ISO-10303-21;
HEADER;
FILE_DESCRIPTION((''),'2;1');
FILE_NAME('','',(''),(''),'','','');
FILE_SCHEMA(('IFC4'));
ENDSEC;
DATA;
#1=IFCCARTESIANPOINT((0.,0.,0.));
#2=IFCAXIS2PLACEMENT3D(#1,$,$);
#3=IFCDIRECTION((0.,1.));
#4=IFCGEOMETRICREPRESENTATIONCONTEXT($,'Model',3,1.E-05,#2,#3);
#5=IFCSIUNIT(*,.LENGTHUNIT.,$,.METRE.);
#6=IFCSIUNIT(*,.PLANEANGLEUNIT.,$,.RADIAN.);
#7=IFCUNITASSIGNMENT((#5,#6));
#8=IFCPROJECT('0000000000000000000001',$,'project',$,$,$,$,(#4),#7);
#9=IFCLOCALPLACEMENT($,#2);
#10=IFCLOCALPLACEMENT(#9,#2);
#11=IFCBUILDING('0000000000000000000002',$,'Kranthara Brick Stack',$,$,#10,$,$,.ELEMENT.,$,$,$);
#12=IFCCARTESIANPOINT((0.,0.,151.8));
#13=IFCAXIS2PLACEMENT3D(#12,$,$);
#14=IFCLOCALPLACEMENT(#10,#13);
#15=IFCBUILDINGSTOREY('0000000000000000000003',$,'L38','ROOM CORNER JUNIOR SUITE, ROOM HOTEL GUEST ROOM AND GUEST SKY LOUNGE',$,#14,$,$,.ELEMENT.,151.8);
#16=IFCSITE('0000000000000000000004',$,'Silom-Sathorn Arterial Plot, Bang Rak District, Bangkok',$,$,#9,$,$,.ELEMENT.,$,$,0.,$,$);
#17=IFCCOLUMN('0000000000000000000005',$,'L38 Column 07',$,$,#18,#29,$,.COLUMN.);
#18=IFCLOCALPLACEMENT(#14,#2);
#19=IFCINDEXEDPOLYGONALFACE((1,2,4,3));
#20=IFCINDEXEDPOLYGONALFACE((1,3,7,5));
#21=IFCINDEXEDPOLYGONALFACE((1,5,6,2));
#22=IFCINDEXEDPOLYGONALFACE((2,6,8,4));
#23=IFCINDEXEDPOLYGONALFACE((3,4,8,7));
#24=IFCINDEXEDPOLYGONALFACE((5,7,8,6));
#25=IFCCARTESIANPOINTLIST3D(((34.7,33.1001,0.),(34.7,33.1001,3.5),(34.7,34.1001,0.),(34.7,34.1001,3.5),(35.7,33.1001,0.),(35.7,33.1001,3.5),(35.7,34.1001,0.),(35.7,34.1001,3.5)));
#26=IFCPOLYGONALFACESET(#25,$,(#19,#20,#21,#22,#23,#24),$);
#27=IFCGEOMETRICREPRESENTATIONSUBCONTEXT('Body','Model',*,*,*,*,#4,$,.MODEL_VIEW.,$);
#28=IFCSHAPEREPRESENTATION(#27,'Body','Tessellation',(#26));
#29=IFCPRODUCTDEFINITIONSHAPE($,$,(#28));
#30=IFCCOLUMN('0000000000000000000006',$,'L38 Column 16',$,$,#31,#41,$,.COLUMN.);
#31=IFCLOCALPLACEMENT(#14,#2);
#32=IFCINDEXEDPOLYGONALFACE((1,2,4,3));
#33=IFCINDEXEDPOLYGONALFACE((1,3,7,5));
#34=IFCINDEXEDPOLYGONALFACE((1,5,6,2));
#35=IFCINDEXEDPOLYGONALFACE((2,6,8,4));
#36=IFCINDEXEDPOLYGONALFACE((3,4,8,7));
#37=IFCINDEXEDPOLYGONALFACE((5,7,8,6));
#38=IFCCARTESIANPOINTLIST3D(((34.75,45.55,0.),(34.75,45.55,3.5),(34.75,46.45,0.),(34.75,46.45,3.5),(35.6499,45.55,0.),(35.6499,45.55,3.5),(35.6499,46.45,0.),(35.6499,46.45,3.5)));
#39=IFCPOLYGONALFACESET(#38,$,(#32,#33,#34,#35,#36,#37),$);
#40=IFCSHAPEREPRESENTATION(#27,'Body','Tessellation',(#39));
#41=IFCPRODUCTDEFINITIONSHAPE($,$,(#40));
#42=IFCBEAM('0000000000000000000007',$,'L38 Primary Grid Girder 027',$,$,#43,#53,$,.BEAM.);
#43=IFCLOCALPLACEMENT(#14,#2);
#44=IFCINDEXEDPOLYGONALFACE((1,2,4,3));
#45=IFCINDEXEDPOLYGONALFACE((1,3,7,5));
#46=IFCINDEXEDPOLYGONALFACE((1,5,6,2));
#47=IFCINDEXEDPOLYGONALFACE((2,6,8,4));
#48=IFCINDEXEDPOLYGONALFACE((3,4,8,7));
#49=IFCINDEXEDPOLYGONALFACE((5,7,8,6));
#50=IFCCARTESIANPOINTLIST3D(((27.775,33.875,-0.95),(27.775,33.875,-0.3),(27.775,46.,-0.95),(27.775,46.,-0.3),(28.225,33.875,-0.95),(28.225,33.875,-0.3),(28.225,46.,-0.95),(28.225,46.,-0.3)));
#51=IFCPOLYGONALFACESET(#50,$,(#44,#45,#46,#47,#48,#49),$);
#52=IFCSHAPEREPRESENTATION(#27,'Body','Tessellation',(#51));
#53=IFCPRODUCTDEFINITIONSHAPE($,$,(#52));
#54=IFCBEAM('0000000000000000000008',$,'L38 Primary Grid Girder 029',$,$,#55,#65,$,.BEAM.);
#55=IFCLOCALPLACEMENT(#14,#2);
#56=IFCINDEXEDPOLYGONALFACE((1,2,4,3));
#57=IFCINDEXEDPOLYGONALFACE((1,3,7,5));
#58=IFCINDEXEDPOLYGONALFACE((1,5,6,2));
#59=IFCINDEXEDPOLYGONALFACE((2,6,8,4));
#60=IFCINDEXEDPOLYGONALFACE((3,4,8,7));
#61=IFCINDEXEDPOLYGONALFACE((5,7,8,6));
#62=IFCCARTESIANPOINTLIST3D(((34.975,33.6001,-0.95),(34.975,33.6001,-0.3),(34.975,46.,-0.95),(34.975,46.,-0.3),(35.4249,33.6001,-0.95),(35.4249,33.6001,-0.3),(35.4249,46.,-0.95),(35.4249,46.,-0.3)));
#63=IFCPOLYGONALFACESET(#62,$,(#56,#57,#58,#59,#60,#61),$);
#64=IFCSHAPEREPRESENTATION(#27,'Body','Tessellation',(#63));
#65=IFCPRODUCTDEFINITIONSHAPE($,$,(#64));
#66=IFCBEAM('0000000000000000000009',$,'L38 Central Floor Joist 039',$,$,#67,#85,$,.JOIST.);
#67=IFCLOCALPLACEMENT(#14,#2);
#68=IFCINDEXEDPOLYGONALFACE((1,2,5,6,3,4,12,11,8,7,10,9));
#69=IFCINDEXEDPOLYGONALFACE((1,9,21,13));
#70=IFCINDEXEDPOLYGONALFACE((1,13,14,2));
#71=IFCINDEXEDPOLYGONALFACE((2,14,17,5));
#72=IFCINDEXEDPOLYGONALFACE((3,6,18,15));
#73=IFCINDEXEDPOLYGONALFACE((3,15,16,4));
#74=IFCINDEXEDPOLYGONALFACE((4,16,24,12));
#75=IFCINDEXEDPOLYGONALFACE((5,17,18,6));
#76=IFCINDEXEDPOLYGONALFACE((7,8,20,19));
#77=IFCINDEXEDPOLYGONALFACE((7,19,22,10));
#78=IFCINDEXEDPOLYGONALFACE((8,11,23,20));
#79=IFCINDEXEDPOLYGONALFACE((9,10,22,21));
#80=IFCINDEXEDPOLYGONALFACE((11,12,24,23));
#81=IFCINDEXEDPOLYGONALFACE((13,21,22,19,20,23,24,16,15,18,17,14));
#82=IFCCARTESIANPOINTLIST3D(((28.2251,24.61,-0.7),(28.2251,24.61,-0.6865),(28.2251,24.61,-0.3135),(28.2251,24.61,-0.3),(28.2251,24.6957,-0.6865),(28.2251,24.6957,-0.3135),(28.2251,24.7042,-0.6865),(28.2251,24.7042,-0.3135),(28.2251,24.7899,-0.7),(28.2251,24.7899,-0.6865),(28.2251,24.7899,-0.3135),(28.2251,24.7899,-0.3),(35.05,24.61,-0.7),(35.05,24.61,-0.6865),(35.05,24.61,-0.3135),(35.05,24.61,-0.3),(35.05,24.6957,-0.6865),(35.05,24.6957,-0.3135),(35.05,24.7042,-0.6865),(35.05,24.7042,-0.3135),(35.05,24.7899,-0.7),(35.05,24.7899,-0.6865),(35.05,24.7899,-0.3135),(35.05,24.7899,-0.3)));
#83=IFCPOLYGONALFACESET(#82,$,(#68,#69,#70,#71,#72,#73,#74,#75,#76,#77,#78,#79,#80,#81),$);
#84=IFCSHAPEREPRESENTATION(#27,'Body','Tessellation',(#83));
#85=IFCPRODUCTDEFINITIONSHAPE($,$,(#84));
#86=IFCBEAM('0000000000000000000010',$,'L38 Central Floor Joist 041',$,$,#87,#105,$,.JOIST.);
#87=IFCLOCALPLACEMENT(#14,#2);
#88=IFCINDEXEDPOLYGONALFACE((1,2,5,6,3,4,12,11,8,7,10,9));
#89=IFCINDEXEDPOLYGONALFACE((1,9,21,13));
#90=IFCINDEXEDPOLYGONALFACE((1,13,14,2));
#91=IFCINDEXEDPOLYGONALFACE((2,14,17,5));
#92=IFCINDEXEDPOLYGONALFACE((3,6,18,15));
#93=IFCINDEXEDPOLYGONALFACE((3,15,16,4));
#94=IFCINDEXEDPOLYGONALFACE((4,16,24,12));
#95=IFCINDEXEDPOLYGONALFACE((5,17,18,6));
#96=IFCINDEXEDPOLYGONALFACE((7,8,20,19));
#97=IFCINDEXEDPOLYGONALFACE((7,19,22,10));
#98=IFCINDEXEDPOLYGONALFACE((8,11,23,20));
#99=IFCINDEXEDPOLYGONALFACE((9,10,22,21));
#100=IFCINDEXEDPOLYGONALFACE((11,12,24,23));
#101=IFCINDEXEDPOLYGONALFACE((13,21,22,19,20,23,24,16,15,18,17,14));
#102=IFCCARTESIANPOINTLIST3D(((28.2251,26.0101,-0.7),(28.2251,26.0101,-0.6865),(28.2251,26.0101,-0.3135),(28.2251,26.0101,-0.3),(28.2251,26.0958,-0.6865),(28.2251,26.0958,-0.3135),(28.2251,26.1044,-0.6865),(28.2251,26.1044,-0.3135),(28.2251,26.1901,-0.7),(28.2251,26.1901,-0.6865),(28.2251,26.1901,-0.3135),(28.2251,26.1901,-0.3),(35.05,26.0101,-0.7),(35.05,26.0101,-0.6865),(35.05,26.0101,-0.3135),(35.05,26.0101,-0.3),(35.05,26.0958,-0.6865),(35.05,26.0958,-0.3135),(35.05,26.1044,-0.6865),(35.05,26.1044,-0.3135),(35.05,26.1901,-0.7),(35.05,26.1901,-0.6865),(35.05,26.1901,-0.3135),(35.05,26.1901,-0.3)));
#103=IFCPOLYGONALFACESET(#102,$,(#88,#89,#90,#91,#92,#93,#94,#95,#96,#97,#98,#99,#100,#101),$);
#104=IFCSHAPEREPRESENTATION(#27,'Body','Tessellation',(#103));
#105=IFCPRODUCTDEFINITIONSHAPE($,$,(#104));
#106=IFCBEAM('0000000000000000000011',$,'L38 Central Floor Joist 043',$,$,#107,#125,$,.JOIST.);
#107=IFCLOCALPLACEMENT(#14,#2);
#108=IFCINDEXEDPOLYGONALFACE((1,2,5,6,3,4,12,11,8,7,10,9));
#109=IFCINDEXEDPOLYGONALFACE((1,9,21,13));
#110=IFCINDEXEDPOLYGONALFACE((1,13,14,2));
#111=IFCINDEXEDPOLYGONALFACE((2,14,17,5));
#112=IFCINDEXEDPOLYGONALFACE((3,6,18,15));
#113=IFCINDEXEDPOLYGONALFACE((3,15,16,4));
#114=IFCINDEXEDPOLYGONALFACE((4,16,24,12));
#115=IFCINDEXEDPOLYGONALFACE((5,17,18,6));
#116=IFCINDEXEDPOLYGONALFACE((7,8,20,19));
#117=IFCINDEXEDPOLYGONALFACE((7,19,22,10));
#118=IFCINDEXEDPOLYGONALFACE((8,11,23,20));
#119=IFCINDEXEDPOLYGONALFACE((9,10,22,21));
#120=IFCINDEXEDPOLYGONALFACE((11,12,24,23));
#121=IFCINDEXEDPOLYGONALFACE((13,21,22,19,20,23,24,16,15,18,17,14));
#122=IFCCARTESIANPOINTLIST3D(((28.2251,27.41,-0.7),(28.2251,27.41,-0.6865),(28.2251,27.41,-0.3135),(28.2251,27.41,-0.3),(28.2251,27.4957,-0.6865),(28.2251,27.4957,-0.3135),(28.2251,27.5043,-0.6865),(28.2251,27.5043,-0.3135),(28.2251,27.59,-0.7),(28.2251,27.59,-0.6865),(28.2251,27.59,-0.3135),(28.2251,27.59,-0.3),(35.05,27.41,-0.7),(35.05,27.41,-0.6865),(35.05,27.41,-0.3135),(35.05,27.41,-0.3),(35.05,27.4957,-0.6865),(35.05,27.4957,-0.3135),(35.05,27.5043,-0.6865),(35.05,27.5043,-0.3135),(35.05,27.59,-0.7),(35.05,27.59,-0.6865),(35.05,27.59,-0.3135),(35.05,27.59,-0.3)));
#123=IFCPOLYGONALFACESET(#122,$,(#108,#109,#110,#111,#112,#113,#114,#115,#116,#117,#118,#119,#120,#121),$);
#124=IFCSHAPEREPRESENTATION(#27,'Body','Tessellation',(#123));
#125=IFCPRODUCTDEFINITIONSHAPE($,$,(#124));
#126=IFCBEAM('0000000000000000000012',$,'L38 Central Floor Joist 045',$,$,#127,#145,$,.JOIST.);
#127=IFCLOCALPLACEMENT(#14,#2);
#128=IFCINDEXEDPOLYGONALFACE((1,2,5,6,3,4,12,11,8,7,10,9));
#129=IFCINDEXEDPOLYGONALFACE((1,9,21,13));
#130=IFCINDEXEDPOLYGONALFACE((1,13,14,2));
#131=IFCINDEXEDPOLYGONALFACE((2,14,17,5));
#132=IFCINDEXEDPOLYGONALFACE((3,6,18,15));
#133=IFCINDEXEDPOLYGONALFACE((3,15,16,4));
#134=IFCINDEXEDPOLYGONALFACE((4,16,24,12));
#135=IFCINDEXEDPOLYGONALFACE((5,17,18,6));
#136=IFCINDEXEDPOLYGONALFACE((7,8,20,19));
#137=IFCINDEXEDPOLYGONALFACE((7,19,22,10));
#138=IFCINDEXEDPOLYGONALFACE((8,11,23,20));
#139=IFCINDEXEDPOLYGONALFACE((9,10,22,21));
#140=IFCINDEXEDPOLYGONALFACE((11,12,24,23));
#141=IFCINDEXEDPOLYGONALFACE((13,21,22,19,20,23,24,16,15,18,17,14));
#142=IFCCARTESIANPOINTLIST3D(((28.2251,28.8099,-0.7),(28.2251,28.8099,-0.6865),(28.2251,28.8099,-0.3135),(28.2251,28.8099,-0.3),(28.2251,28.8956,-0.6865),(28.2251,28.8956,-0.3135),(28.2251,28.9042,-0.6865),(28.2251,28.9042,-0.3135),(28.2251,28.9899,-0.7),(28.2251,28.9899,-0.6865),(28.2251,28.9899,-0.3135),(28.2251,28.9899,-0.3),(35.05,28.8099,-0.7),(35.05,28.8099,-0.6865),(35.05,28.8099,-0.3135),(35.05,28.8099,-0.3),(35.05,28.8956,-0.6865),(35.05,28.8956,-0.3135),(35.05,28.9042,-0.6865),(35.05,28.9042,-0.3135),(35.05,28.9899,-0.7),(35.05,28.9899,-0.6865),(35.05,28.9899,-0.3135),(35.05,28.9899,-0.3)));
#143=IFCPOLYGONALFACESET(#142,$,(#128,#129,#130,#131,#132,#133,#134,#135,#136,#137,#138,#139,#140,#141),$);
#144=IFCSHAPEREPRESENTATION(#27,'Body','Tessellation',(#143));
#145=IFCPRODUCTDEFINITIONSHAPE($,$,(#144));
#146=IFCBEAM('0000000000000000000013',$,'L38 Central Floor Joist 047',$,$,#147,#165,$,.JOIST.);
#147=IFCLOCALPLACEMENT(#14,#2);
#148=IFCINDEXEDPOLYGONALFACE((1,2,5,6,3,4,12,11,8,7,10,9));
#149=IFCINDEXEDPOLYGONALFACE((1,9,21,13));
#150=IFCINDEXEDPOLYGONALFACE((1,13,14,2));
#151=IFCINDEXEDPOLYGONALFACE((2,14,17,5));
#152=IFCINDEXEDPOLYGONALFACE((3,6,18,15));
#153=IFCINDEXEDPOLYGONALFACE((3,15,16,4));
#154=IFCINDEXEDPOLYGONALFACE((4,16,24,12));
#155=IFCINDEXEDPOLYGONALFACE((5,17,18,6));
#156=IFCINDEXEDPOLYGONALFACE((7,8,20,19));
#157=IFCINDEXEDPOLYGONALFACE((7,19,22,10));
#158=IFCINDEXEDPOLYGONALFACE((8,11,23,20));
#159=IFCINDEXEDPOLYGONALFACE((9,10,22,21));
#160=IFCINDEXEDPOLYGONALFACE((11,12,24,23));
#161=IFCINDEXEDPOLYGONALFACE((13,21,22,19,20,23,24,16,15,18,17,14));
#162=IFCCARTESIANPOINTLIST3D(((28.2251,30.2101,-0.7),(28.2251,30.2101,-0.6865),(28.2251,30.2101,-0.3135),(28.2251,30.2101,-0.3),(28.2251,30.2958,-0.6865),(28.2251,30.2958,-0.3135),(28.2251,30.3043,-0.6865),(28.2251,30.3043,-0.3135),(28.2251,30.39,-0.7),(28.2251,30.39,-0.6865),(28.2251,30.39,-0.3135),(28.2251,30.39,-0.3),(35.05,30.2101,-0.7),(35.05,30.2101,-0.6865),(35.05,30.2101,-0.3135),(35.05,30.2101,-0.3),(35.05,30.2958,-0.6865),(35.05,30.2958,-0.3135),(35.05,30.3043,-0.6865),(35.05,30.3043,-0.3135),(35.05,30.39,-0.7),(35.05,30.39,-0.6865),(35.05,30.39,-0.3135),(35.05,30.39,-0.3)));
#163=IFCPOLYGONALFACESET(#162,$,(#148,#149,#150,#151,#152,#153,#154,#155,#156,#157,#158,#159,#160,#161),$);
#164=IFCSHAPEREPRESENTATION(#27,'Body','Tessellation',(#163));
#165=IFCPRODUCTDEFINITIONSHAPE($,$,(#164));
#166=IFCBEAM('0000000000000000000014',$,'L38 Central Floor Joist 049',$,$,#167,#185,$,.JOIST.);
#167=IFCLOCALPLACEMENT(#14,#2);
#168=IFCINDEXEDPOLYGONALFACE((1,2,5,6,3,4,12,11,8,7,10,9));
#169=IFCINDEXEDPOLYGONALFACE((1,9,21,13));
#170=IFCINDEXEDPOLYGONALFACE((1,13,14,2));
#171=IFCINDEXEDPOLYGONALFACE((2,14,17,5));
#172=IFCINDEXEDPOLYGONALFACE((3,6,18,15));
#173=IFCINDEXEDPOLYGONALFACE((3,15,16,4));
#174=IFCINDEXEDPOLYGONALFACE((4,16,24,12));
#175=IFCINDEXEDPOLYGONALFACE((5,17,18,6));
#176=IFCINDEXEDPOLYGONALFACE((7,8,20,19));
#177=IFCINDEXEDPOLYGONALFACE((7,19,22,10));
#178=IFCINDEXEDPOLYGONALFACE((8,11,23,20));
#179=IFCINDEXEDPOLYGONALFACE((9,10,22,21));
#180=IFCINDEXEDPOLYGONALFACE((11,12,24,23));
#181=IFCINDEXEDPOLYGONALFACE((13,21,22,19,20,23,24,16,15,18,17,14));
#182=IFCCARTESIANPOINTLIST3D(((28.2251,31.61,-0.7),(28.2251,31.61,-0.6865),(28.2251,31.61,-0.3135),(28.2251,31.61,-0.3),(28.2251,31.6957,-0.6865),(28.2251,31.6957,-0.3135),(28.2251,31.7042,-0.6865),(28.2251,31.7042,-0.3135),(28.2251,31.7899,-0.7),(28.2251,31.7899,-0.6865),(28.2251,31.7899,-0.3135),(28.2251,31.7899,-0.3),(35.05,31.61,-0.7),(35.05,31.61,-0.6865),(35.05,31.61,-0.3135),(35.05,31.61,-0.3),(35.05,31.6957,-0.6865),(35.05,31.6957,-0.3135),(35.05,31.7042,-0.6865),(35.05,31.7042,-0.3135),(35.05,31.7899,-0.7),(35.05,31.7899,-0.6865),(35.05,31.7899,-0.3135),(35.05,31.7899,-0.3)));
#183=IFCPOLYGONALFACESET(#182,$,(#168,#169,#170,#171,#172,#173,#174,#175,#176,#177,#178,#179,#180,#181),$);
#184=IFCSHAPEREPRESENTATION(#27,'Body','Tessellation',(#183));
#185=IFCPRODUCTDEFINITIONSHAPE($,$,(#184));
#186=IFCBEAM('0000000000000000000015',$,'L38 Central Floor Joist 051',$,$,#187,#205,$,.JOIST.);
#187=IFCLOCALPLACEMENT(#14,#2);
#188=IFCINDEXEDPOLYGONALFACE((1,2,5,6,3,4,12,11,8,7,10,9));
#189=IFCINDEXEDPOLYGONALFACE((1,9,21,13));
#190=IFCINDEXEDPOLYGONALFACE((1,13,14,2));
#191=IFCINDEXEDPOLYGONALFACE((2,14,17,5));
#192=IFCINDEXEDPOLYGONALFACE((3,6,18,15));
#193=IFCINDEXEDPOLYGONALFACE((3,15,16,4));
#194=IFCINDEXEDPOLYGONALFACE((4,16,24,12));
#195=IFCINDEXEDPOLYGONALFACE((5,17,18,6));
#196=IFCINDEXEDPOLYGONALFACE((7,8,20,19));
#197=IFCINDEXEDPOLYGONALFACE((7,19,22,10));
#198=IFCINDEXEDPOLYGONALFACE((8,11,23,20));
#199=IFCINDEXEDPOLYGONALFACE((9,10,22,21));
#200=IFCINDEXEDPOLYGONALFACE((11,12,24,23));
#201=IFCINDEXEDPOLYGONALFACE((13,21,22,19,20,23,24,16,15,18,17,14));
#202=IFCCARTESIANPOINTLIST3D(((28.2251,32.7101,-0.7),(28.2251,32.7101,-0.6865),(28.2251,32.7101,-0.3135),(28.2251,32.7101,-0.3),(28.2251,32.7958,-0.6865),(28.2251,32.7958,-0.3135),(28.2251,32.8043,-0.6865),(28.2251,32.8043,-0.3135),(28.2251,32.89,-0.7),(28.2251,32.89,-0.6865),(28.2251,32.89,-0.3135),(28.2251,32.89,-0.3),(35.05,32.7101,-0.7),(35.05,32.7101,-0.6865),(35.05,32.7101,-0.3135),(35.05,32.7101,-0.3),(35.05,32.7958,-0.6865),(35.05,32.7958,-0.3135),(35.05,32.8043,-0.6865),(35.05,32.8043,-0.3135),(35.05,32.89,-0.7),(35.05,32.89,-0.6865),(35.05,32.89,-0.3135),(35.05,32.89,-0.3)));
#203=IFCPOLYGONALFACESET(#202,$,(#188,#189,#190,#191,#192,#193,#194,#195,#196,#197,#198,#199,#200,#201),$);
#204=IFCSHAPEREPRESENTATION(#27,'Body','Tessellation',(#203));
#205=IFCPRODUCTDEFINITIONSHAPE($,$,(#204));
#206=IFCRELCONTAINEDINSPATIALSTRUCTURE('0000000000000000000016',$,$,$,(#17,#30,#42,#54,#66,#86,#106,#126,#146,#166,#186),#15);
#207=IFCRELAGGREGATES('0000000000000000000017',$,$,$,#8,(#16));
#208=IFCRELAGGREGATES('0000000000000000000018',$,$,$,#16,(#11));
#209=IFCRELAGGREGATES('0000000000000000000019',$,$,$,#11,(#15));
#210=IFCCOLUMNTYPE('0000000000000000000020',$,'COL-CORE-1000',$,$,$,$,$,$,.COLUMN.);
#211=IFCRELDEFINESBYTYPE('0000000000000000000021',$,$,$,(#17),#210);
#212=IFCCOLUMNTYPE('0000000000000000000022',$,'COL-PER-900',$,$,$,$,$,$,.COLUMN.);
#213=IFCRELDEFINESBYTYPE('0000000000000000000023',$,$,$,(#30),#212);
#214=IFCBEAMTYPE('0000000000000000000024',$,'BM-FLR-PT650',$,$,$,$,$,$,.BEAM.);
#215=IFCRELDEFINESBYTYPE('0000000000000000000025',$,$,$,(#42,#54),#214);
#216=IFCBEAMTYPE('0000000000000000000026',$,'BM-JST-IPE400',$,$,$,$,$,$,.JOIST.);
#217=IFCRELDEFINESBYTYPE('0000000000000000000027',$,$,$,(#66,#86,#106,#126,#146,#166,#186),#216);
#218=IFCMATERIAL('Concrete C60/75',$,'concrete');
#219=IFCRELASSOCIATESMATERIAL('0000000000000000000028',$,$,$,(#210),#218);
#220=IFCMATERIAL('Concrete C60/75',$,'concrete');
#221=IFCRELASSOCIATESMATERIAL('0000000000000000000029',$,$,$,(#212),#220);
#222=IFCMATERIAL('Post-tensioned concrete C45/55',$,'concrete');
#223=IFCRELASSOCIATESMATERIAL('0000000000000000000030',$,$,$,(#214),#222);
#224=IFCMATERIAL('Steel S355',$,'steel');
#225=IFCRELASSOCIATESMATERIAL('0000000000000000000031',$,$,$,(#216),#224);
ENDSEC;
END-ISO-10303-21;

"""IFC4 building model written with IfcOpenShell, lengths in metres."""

from ifc_helpers import new_model, si_unit, direction, frame, origin, origin_2d, place, context, subcontext, project, spatial, rectangle, i_section, extrude, material, material_profile, profile_set, type_object, element, save


model = new_model("IFC4")

# Units and contexts
model_context = context("Model", 3, precision=1e-05, world=origin(), true_north=direction((0.0, 1.0)))
body_context = subcontext(model_context, "Body", "Model", "MODEL_VIEW")
ifc_project = project(units=[si_unit("LENGTHUNIT", "METRE"), si_unit("PLANEANGLEUNIT", "RADIAN")], contexts=[model_context])

# Site, building, storey
site_placement = place(None, origin())
site = spatial("IfcSite", under=ifc_project, at=site_placement, Name="Silom-Sathorn Arterial Plot, Bang Rak District, Bangkok", CompositionType="ELEMENT", RefElevation=0.0)
building_placement = place(site_placement, origin())
building = spatial("IfcBuilding", under=site, at=building_placement, Name="Kranthara Brick Stack", CompositionType="ELEMENT")
storey_placement = place(building_placement, frame((0.0, 0.0, 151.8)))
storey = spatial("IfcBuildingStorey", under=building, at=storey_placement, Name="L38", Description="ROOM CORNER JUNIOR SUITE, ROOM HOTEL GUEST ROOM AND GUEST SKY LOUNGE", CompositionType="ELEMENT", Elevation=151.8)

# Columns
ifc_material_1 = material(Name="Concrete C60/75", Category="concrete")
ifc_material_profile_1 = material_profile(ifc_material_1, rectangle(XDim=1.0, YDim=1.0, at=origin_2d()), Name="RC 1000x1000")
ifc_profile_set_1 = profile_set([ifc_material_profile_1], Name="Concrete C60/75")
column_type_1 = type_object("IfcColumnType", Name="COL-CORE-1000", PredefinedType="COLUMN", material=ifc_profile_set_1)
column_1_placement = place(storey_placement, frame((35.2, 33.6001, 0.0), z_axis=(0.0, 0.0, 1.0), x_axis=(1.0, 0.0, 0.0)))
element("IfcColumn", 1, at=column_1_placement, inside=storey, type_object=column_type_1, Name="L38 Column 07", PredefinedType="COLUMN", context=body_context, shape_type="SweptSolid", body=[
    extrude(rectangle(XDim=1.0, YDim=1.0, at=origin_2d()), origin(), (0.0, 0.0, 1.0), 3.5),
])
ifc_material_2 = material(Name="Concrete C60/75", Category="concrete")
ifc_material_profile_2 = material_profile(ifc_material_2, rectangle(XDim=0.8999, YDim=0.8999, at=origin_2d()), Name="RC 900x900")
ifc_profile_set_2 = profile_set([ifc_material_profile_2], Name="Concrete C60/75")
column_type_2 = type_object("IfcColumnType", Name="COL-PER-900", PredefinedType="COLUMN", material=ifc_profile_set_2)
column_2_placement = place(storey_placement, frame((35.2, 46.0, 0.0), z_axis=(0.0, 0.0, 1.0), x_axis=(1.0, 0.0, 0.0)))
element("IfcColumn", 2, at=column_2_placement, inside=storey, type_object=column_type_2, Name="L38 Column 16", PredefinedType="COLUMN", context=body_context, shape_type="SweptSolid", body=[
    extrude(rectangle(XDim=0.8999, YDim=0.8999, at=origin_2d()), origin(), (0.0, 0.0, 1.0), 3.5),
])

# Beams
ifc_material_3 = material(Name="Post-tensioned concrete C45/55", Category="concrete")
ifc_material_profile_3 = material_profile(ifc_material_3, rectangle(XDim=0.45, YDim=0.6499, at=origin_2d()), Name="PT 450x650")
ifc_profile_set_3 = profile_set([ifc_material_profile_3], Name="Post-tensioned concrete C45/55")
beam_type_1 = type_object("IfcBeamType", Name="BM-FLR-PT650", PredefinedType="BEAM", material=ifc_profile_set_3)
beam_1_placement = place(storey_placement, frame((28.0, 33.875, -0.625), z_axis=(0.0, 1.0, 0.0), x_axis=(-1.0, 0.0, 0.0)))
element("IfcBeam", 3, at=beam_1_placement, inside=storey, type_object=beam_type_1, Name="L38 Primary Grid Girder 027", PredefinedType="BEAM", context=body_context, shape_type="SweptSolid", body=[
    extrude(rectangle(XDim=0.45, YDim=0.6499, at=origin_2d()), origin(), (0.0, 0.0, 1.0), 12.125),
])
beam_2_placement = place(storey_placement, frame((35.2, 33.6001, -0.625), z_axis=(0.0, 1.0, 0.0), x_axis=(-1.0, 0.0, 0.0)))
element("IfcBeam", 4, at=beam_2_placement, inside=storey, type_object=beam_type_1, Name="L38 Primary Grid Girder 029", PredefinedType="BEAM", context=body_context, shape_type="SweptSolid", body=[
    extrude(rectangle(XDim=0.45, YDim=0.6499, at=origin_2d()), origin(), (0.0, 0.0, 1.0), 12.3999),
])
ifc_material_4 = material(Name="Steel S355", Category="steel")
ifc_material_profile_4 = material_profile(ifc_material_4, i_section(OverallWidth=0.1799, OverallDepth=0.3999, WebThickness=0.0085, FlangeThickness=0.0134, at=origin_2d()), Name="IPE 400")
ifc_profile_set_4 = profile_set([ifc_material_profile_4], Name="Steel S355")
beam_type_2 = type_object("IfcBeamType", Name="BM-JST-IPE400", PredefinedType="JOIST", material=ifc_profile_set_4)
for number, where, z_axis, x_axis, name in (
    (5, (28.2251, 24.7, -0.5), (1.0, 0.0, 0.0), (0.0, 1.0, 0.0), "L38 Central Floor Joist 039"),
    (6, (28.2251, 26.1001, -0.5), (1.0, 0.0, 0.0), (0.0, 1.0, 0.0), "L38 Central Floor Joist 041"),
    (7, (28.2251, 27.5, -0.5), (1.0, 0.0, 0.0), (0.0, 1.0, 0.0), "L38 Central Floor Joist 043"),
    (8, (28.2251, 28.8999, -0.5), (1.0, 0.0, 0.0), (0.0, 1.0, 0.0), "L38 Central Floor Joist 045"),
    (9, (28.2251, 30.3, -0.5), (1.0, 0.0, 0.0), (0.0, 1.0, 0.0), "L38 Central Floor Joist 047"),
    (10, (28.2251, 31.7, -0.5), (1.0, 0.0, 0.0), (0.0, 1.0, 0.0), "L38 Central Floor Joist 049"),
    (11, (28.2251, 32.8, -0.5), (1.0, 0.0, 0.0), (0.0, 1.0, 0.0), "L38 Central Floor Joist 051"),
):
    element("IfcBeam", number, at=place(storey_placement, frame(where, z_axis=z_axis, x_axis=x_axis)), inside=storey, type_object=beam_type_2, Name=name, PredefinedType="JOIST", context=body_context, shape_type="SweptSolid", body=[
        extrude(i_section(OverallWidth=0.1799, OverallDepth=0.3999, WebThickness=0.0085, FlangeThickness=0.0134, at=origin_2d()), origin(), (0.0, 0.0, 1.0), 6.825),
    ])

save(model, "model.ifc")
